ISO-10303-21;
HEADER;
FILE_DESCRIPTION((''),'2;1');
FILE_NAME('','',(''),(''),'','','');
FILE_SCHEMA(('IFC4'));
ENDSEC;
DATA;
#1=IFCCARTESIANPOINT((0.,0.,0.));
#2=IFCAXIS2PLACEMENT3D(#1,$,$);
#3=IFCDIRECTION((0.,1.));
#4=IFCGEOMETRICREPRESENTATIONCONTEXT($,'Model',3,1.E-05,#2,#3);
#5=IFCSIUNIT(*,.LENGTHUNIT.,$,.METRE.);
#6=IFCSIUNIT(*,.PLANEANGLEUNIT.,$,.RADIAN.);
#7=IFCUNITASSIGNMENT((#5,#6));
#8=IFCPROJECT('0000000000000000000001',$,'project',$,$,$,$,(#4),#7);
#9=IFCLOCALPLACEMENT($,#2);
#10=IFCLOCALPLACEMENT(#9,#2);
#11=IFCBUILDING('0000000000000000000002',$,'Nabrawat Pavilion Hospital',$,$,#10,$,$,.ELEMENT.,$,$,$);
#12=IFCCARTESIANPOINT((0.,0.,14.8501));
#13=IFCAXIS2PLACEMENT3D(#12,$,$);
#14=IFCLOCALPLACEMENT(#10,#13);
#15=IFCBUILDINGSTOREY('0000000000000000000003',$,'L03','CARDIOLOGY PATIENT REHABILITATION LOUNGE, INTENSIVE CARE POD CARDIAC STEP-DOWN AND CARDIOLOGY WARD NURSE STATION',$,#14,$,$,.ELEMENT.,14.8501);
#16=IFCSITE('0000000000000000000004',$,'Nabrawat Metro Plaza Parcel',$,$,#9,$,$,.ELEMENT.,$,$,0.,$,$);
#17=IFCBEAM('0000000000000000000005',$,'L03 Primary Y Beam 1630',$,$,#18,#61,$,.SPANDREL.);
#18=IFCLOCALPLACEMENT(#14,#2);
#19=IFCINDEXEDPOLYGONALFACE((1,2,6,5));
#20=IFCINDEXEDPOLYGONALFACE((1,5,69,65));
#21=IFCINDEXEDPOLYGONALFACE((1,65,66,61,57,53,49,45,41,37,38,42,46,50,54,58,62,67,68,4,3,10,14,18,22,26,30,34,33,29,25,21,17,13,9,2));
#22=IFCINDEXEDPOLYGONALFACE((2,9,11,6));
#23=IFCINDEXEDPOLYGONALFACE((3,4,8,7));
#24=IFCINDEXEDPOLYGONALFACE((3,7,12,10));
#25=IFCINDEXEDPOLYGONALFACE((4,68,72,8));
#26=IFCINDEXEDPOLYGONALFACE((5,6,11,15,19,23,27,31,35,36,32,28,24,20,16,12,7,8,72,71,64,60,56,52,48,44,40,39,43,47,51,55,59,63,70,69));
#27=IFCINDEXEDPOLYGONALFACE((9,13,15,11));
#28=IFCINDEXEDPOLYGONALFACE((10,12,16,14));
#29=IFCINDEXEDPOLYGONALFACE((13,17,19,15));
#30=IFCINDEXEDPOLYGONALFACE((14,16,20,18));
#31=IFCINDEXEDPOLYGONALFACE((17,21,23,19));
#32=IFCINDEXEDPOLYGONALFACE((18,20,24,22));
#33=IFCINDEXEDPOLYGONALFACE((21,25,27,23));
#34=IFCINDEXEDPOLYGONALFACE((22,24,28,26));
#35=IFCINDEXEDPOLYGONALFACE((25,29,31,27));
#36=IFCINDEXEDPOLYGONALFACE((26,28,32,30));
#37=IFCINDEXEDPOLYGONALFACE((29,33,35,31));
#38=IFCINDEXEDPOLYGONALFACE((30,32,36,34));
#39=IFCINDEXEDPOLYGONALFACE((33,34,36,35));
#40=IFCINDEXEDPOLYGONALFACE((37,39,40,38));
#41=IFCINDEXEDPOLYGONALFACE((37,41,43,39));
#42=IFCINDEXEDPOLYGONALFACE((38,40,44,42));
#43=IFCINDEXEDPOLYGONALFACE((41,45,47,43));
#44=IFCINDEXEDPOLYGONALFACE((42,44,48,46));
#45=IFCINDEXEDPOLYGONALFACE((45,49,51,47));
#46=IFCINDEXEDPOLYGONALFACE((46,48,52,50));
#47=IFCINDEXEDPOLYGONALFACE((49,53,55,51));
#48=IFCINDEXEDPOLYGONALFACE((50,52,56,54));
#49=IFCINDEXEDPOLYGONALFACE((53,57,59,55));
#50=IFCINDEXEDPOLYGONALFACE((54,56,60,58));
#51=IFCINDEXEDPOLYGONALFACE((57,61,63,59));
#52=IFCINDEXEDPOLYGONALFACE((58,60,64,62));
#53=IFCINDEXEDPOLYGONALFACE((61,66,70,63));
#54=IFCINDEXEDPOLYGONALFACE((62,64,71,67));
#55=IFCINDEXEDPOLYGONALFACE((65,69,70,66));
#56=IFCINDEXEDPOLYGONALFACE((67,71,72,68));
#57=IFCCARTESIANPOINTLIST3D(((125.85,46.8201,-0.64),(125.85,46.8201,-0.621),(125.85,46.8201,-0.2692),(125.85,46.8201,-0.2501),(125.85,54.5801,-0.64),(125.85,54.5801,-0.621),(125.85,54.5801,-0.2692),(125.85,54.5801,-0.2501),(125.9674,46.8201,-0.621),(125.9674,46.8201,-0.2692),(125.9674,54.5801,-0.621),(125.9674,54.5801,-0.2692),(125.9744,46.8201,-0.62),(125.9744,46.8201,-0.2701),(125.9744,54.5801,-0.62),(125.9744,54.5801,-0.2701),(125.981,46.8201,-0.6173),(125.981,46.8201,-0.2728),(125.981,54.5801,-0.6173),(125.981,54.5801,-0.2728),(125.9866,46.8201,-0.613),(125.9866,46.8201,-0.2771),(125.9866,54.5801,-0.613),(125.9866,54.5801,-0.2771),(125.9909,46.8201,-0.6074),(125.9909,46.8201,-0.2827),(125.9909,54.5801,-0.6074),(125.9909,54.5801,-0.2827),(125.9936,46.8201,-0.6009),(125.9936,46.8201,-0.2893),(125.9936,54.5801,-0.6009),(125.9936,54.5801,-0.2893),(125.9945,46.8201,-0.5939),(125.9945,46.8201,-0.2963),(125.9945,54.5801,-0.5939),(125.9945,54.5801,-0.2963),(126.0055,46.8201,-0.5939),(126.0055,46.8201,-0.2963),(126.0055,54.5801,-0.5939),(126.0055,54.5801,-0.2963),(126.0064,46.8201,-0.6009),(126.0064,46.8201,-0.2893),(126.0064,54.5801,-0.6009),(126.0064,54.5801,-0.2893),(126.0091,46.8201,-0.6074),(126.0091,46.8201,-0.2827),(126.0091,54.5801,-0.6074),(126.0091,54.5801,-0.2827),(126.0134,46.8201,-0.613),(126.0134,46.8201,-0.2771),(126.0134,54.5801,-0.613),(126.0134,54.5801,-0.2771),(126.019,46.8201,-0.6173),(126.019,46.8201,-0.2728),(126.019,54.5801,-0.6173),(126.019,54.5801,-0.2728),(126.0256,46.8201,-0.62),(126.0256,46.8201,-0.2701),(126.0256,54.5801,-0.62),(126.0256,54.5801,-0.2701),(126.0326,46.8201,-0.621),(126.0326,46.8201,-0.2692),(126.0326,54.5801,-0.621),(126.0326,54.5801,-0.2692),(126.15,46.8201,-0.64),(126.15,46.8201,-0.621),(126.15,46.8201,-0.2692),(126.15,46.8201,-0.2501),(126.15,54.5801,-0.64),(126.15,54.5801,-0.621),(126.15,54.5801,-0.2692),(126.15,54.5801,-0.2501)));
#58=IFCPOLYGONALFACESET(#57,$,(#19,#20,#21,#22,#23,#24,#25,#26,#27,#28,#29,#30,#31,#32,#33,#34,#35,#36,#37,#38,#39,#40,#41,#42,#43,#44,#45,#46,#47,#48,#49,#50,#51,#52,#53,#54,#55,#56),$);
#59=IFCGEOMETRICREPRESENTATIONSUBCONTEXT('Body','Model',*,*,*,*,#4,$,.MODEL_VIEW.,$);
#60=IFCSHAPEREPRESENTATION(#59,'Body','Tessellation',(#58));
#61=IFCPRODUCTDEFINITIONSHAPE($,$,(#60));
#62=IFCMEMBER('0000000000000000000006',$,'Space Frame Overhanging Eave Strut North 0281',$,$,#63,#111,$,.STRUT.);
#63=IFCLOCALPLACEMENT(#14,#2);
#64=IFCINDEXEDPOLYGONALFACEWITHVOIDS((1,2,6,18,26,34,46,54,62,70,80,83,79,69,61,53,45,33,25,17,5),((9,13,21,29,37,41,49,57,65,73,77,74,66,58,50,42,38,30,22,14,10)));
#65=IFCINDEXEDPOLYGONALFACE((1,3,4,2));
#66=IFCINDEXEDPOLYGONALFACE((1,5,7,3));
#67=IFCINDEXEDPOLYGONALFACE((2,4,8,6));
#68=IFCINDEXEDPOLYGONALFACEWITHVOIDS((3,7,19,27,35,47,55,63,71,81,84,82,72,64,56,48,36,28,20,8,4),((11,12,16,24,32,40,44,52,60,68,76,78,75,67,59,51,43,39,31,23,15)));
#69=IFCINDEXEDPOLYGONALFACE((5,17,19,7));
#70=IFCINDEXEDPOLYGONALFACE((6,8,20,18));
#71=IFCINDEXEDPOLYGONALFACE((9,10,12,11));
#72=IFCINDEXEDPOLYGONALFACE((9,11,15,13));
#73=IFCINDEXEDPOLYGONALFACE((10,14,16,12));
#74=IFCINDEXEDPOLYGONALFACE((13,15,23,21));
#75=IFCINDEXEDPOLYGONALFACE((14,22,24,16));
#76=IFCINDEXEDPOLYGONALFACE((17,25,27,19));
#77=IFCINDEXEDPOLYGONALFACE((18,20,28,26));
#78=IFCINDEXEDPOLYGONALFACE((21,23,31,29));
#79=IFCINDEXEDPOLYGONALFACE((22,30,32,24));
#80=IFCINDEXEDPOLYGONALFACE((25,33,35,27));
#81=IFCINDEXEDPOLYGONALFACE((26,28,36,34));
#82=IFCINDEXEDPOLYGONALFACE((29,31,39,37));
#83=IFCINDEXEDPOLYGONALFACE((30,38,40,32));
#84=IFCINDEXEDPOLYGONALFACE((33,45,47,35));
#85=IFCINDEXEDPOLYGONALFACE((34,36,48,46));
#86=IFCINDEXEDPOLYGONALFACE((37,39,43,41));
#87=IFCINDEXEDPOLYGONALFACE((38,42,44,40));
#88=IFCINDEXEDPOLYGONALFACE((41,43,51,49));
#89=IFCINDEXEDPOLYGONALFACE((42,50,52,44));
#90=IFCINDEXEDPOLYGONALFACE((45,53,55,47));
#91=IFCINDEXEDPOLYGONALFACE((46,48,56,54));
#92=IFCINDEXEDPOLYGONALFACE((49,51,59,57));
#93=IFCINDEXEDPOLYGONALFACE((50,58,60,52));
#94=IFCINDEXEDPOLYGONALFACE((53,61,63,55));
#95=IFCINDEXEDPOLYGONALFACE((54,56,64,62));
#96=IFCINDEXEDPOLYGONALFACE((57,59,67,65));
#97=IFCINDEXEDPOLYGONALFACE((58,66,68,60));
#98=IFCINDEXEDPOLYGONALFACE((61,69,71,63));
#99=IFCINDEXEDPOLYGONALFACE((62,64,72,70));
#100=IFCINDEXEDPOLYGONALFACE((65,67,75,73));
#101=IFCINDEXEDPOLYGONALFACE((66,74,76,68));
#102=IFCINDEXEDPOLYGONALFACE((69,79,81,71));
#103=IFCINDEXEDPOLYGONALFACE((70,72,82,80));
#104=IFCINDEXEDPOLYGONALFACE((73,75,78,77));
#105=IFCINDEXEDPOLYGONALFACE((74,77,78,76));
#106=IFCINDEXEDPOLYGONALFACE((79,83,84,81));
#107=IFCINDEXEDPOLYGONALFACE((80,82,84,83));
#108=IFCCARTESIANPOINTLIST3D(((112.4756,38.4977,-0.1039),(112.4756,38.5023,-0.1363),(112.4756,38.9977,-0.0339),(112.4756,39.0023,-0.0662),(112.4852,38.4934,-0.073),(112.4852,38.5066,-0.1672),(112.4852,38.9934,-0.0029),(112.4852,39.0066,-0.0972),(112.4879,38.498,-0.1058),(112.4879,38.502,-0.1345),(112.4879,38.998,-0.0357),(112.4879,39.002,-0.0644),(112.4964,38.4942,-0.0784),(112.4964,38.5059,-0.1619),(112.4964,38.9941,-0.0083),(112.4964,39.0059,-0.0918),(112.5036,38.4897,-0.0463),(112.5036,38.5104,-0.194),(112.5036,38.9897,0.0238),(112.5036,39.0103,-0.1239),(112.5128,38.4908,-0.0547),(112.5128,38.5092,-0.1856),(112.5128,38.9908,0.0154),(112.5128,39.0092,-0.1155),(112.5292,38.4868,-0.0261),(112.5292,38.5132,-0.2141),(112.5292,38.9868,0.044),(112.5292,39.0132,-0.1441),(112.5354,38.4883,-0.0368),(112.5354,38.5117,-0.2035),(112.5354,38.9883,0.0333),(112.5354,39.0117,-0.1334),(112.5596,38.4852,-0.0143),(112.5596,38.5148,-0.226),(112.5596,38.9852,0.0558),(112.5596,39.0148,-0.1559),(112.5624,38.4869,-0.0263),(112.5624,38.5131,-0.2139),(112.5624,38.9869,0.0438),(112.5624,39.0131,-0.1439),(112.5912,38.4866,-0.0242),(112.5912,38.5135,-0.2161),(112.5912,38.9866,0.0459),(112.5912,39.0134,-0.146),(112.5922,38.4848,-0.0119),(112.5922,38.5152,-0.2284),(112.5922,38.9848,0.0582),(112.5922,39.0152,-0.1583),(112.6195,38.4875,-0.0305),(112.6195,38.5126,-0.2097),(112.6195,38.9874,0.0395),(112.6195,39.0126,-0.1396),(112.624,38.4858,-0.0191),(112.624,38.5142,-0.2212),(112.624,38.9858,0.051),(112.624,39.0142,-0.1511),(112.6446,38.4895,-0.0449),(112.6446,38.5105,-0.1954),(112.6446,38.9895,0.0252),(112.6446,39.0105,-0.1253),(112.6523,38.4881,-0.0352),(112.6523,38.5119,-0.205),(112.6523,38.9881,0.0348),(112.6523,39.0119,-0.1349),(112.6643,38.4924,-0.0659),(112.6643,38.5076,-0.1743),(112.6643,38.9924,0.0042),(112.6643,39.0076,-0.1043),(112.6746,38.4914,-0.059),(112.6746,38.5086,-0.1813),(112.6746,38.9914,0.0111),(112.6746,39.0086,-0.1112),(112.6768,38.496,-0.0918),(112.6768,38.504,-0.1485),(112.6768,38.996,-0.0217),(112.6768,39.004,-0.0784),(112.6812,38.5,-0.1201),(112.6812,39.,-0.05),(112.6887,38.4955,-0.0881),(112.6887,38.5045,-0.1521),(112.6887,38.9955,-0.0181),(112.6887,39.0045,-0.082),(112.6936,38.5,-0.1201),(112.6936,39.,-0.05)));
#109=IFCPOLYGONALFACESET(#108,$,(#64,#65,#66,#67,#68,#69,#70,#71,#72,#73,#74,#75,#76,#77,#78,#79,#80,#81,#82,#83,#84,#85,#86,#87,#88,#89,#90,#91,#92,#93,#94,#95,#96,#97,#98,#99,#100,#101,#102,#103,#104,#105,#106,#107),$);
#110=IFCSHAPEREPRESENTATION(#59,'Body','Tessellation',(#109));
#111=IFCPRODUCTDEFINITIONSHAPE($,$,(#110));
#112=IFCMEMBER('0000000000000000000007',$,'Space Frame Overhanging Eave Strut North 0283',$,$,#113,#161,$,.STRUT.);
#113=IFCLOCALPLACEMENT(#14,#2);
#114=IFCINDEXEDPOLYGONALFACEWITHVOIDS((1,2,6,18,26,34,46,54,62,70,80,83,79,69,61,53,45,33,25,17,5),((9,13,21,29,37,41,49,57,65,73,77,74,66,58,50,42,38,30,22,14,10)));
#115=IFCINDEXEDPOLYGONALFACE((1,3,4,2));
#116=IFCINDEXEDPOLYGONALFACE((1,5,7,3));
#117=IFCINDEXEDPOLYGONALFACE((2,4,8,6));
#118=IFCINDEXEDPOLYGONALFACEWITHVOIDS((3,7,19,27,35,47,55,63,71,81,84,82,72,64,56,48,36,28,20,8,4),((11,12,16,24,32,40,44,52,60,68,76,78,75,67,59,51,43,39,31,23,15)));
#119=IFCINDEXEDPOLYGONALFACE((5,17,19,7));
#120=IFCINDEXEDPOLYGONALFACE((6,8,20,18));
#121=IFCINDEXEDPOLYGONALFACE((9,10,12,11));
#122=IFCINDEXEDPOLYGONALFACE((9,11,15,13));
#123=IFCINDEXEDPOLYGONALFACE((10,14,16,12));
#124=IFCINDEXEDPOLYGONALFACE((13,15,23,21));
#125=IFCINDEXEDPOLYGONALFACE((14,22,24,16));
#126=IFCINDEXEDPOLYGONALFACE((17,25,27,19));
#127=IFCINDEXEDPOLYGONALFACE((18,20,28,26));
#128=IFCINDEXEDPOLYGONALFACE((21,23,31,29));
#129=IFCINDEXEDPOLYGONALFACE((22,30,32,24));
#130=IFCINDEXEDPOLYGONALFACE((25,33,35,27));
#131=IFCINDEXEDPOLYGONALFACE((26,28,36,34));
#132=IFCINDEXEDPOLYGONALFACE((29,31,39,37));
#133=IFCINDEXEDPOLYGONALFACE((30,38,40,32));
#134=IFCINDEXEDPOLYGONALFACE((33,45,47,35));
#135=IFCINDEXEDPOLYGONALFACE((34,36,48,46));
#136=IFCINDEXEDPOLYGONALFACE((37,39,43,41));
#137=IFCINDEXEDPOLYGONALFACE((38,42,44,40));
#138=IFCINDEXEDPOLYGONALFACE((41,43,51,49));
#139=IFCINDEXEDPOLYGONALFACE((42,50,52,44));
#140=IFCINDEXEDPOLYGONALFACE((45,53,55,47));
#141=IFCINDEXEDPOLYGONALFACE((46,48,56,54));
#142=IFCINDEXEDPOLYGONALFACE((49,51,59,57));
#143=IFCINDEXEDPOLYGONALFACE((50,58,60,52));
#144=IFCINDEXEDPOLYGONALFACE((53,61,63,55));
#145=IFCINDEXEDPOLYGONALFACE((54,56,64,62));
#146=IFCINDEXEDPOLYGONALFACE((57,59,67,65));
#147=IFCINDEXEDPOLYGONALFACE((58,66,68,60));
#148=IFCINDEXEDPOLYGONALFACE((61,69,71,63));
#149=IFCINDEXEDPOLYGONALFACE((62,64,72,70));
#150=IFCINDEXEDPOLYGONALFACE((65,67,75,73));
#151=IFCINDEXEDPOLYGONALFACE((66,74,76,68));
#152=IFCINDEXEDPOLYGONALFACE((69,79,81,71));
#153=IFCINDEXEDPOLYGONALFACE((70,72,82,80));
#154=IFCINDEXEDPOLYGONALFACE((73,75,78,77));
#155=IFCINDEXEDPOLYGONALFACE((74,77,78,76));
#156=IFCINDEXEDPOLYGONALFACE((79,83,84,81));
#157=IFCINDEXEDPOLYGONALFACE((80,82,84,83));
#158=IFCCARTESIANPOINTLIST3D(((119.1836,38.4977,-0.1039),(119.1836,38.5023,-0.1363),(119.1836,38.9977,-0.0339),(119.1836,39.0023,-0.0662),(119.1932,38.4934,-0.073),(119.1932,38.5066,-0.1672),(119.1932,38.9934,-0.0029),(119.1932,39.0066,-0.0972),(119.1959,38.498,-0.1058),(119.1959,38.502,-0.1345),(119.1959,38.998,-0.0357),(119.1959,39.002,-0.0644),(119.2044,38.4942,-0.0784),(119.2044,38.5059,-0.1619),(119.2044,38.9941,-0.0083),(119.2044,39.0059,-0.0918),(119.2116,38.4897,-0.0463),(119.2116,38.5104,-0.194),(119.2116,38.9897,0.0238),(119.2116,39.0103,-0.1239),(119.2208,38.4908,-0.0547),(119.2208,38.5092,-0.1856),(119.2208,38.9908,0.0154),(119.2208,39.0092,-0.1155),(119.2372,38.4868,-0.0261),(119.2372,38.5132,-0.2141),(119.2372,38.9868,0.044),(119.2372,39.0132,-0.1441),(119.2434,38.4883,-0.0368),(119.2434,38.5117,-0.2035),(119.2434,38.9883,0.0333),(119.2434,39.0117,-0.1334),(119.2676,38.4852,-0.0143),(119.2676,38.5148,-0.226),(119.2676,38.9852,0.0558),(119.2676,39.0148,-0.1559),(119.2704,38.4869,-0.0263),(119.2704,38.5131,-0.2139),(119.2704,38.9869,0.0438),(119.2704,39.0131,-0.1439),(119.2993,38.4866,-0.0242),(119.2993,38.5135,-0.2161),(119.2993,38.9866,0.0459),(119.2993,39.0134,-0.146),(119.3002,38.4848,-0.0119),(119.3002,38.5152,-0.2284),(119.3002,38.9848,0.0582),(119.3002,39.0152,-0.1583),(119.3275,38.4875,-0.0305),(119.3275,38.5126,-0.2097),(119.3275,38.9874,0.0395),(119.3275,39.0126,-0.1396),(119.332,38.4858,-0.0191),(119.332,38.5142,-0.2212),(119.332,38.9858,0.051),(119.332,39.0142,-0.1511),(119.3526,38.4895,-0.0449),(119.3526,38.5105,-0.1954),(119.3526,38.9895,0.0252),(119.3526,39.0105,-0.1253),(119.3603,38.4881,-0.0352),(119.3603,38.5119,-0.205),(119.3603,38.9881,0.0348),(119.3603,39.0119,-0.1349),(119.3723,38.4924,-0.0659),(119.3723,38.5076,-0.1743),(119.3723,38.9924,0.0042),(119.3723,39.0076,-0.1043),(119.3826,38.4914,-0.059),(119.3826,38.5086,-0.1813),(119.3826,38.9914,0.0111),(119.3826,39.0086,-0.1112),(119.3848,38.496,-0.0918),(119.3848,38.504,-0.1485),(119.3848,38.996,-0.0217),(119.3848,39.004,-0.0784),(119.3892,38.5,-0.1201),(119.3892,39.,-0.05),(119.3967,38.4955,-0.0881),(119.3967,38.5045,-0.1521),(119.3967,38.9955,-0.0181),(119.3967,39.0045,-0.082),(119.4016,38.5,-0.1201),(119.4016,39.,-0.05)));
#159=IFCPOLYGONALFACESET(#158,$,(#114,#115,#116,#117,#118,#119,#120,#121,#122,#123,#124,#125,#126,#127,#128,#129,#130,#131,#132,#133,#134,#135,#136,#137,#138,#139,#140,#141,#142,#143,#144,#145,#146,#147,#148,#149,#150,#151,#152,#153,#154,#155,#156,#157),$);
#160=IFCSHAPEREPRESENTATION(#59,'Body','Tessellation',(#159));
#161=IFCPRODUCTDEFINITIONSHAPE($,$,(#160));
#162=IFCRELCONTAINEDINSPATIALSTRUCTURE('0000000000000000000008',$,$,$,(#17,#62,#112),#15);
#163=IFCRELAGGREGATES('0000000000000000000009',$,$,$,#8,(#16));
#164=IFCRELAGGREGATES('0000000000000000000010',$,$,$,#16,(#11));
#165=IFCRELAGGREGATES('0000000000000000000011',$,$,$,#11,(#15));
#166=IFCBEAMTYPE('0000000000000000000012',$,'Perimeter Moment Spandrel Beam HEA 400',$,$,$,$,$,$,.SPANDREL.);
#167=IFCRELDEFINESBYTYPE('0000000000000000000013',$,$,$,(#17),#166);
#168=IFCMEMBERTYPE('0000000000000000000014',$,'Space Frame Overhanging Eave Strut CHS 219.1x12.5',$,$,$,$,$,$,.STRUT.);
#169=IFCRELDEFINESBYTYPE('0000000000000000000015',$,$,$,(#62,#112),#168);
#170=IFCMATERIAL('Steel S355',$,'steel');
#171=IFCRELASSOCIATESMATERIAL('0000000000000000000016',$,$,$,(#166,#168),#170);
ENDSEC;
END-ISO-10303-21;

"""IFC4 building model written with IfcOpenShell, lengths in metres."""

from ifc_helpers import new_model, si_unit, direction, frame, origin, origin_2d, place, context, subcontext, project, spatial, hollow_circle, i_section, extrude, material, material_profile, profile_set, type_object, element, save


model = new_model("IFC4")

# Units and contexts
model_context = context("Model", 3, precision=1e-05, world=origin(), true_north=direction((0.0, 1.0)))
body_context = subcontext(model_context, "Body", "Model", "MODEL_VIEW")
ifc_project = project(units=[si_unit("LENGTHUNIT", "METRE"), si_unit("PLANEANGLEUNIT", "RADIAN")], contexts=[model_context])

# Site, building, storey
site_placement = place(None, origin())
site = spatial("IfcSite", under=ifc_project, at=site_placement, Name="Nabrawat Metro Plaza Parcel", CompositionType="ELEMENT", RefElevation=0.0)
building_placement = place(site_placement, origin())
building = spatial("IfcBuilding", under=site, at=building_placement, Name="Nabrawat Pavilion Hospital", CompositionType="ELEMENT")
storey_placement = place(building_placement, frame((0.0, 0.0, 14.8501)))
storey = spatial("IfcBuildingStorey", under=building, at=storey_placement, Name="L03", Description="CARDIOLOGY PATIENT REHABILITATION LOUNGE, INTENSIVE CARE POD CARDIAC STEP-DOWN AND CARDIOLOGY WARD NURSE STATION", CompositionType="ELEMENT", Elevation=14.8501)

# Beam
ifc_material_1 = material(Name="Steel S355", Category="steel")
ifc_material_profile_1 = material_profile(ifc_material_1, i_section(OverallWidth=0.3, OverallDepth=0.3899, WebThickness=0.011, FlangeThickness=0.019, FilletRadius=0.0271, at=origin_2d()), Name="HEA 400")
ifc_profile_set_1 = profile_set([ifc_material_profile_1], Name="Steel S355")
beam_type_1 = type_object("IfcBeamType", Name="Perimeter Moment Spandrel Beam HEA 400", PredefinedType="SPANDREL", material=ifc_profile_set_1)
for number, where, z_axis, x_axis, name in (
    (1, (126.0, 46.8201, -0.4451), (0.0, 1.0, 0.0), (-1.0, 0.0, 0.0), "L03 Primary Y Beam 1630"),
):
    element("IfcBeam", number, at=place(storey_placement, frame(where, z_axis=z_axis, x_axis=x_axis)), inside=storey, type_object=beam_type_1, Name=name, PredefinedType="SPANDREL", context=body_context, shape_type="SweptSolid", body=[
        extrude(i_section(OverallWidth=0.3, OverallDepth=0.3899, WebThickness=0.011, FlangeThickness=0.019, FilletRadius=0.0271, at=origin_2d()), origin(), (0.0, 0.0, 1.0), 7.76),
    ])

# Members
ifc_material_profile_2 = material_profile(ifc_material_1, hollow_circle(Radius=0.1096, WallThickness=0.0125, at=origin_2d()), Name="CHS 219.1x12.5")
ifc_profile_set_2 = profile_set([ifc_material_profile_2], Name="Steel S355")
member_type_1 = type_object("IfcMemberType", Name="Space Frame Overhanging Eave Strut CHS 219.1x12.5", PredefinedType="STRUT", material=ifc_profile_set_2)
for number, where, z_axis, x_axis, name in (
    (2, (112.584, 39.0, -0.05), (0.0, -0.990323, -0.138781), (1.0, 0.0, 0.0), "Space Frame Overhanging Eave Strut North 0281"),
    (3, (119.292, 39.0, -0.05), (0.0, -0.990323, -0.138781), (1.0, 0.0, 0.0), "Space Frame Overhanging Eave Strut North 0283"),
):
    element("IfcMember", number, at=place(storey_placement, frame(where, z_axis=z_axis, x_axis=x_axis)), inside=storey, type_object=member_type_1, Name=name, PredefinedType="STRUT", context=body_context, shape_type="SweptSolid", body=[
        extrude(hollow_circle(Radius=0.1096, WallThickness=0.0125, at=origin_2d()), origin(), (0.0, 0.0, 1.0), 0.5049),
    ])

save(model, "model.ifc")
